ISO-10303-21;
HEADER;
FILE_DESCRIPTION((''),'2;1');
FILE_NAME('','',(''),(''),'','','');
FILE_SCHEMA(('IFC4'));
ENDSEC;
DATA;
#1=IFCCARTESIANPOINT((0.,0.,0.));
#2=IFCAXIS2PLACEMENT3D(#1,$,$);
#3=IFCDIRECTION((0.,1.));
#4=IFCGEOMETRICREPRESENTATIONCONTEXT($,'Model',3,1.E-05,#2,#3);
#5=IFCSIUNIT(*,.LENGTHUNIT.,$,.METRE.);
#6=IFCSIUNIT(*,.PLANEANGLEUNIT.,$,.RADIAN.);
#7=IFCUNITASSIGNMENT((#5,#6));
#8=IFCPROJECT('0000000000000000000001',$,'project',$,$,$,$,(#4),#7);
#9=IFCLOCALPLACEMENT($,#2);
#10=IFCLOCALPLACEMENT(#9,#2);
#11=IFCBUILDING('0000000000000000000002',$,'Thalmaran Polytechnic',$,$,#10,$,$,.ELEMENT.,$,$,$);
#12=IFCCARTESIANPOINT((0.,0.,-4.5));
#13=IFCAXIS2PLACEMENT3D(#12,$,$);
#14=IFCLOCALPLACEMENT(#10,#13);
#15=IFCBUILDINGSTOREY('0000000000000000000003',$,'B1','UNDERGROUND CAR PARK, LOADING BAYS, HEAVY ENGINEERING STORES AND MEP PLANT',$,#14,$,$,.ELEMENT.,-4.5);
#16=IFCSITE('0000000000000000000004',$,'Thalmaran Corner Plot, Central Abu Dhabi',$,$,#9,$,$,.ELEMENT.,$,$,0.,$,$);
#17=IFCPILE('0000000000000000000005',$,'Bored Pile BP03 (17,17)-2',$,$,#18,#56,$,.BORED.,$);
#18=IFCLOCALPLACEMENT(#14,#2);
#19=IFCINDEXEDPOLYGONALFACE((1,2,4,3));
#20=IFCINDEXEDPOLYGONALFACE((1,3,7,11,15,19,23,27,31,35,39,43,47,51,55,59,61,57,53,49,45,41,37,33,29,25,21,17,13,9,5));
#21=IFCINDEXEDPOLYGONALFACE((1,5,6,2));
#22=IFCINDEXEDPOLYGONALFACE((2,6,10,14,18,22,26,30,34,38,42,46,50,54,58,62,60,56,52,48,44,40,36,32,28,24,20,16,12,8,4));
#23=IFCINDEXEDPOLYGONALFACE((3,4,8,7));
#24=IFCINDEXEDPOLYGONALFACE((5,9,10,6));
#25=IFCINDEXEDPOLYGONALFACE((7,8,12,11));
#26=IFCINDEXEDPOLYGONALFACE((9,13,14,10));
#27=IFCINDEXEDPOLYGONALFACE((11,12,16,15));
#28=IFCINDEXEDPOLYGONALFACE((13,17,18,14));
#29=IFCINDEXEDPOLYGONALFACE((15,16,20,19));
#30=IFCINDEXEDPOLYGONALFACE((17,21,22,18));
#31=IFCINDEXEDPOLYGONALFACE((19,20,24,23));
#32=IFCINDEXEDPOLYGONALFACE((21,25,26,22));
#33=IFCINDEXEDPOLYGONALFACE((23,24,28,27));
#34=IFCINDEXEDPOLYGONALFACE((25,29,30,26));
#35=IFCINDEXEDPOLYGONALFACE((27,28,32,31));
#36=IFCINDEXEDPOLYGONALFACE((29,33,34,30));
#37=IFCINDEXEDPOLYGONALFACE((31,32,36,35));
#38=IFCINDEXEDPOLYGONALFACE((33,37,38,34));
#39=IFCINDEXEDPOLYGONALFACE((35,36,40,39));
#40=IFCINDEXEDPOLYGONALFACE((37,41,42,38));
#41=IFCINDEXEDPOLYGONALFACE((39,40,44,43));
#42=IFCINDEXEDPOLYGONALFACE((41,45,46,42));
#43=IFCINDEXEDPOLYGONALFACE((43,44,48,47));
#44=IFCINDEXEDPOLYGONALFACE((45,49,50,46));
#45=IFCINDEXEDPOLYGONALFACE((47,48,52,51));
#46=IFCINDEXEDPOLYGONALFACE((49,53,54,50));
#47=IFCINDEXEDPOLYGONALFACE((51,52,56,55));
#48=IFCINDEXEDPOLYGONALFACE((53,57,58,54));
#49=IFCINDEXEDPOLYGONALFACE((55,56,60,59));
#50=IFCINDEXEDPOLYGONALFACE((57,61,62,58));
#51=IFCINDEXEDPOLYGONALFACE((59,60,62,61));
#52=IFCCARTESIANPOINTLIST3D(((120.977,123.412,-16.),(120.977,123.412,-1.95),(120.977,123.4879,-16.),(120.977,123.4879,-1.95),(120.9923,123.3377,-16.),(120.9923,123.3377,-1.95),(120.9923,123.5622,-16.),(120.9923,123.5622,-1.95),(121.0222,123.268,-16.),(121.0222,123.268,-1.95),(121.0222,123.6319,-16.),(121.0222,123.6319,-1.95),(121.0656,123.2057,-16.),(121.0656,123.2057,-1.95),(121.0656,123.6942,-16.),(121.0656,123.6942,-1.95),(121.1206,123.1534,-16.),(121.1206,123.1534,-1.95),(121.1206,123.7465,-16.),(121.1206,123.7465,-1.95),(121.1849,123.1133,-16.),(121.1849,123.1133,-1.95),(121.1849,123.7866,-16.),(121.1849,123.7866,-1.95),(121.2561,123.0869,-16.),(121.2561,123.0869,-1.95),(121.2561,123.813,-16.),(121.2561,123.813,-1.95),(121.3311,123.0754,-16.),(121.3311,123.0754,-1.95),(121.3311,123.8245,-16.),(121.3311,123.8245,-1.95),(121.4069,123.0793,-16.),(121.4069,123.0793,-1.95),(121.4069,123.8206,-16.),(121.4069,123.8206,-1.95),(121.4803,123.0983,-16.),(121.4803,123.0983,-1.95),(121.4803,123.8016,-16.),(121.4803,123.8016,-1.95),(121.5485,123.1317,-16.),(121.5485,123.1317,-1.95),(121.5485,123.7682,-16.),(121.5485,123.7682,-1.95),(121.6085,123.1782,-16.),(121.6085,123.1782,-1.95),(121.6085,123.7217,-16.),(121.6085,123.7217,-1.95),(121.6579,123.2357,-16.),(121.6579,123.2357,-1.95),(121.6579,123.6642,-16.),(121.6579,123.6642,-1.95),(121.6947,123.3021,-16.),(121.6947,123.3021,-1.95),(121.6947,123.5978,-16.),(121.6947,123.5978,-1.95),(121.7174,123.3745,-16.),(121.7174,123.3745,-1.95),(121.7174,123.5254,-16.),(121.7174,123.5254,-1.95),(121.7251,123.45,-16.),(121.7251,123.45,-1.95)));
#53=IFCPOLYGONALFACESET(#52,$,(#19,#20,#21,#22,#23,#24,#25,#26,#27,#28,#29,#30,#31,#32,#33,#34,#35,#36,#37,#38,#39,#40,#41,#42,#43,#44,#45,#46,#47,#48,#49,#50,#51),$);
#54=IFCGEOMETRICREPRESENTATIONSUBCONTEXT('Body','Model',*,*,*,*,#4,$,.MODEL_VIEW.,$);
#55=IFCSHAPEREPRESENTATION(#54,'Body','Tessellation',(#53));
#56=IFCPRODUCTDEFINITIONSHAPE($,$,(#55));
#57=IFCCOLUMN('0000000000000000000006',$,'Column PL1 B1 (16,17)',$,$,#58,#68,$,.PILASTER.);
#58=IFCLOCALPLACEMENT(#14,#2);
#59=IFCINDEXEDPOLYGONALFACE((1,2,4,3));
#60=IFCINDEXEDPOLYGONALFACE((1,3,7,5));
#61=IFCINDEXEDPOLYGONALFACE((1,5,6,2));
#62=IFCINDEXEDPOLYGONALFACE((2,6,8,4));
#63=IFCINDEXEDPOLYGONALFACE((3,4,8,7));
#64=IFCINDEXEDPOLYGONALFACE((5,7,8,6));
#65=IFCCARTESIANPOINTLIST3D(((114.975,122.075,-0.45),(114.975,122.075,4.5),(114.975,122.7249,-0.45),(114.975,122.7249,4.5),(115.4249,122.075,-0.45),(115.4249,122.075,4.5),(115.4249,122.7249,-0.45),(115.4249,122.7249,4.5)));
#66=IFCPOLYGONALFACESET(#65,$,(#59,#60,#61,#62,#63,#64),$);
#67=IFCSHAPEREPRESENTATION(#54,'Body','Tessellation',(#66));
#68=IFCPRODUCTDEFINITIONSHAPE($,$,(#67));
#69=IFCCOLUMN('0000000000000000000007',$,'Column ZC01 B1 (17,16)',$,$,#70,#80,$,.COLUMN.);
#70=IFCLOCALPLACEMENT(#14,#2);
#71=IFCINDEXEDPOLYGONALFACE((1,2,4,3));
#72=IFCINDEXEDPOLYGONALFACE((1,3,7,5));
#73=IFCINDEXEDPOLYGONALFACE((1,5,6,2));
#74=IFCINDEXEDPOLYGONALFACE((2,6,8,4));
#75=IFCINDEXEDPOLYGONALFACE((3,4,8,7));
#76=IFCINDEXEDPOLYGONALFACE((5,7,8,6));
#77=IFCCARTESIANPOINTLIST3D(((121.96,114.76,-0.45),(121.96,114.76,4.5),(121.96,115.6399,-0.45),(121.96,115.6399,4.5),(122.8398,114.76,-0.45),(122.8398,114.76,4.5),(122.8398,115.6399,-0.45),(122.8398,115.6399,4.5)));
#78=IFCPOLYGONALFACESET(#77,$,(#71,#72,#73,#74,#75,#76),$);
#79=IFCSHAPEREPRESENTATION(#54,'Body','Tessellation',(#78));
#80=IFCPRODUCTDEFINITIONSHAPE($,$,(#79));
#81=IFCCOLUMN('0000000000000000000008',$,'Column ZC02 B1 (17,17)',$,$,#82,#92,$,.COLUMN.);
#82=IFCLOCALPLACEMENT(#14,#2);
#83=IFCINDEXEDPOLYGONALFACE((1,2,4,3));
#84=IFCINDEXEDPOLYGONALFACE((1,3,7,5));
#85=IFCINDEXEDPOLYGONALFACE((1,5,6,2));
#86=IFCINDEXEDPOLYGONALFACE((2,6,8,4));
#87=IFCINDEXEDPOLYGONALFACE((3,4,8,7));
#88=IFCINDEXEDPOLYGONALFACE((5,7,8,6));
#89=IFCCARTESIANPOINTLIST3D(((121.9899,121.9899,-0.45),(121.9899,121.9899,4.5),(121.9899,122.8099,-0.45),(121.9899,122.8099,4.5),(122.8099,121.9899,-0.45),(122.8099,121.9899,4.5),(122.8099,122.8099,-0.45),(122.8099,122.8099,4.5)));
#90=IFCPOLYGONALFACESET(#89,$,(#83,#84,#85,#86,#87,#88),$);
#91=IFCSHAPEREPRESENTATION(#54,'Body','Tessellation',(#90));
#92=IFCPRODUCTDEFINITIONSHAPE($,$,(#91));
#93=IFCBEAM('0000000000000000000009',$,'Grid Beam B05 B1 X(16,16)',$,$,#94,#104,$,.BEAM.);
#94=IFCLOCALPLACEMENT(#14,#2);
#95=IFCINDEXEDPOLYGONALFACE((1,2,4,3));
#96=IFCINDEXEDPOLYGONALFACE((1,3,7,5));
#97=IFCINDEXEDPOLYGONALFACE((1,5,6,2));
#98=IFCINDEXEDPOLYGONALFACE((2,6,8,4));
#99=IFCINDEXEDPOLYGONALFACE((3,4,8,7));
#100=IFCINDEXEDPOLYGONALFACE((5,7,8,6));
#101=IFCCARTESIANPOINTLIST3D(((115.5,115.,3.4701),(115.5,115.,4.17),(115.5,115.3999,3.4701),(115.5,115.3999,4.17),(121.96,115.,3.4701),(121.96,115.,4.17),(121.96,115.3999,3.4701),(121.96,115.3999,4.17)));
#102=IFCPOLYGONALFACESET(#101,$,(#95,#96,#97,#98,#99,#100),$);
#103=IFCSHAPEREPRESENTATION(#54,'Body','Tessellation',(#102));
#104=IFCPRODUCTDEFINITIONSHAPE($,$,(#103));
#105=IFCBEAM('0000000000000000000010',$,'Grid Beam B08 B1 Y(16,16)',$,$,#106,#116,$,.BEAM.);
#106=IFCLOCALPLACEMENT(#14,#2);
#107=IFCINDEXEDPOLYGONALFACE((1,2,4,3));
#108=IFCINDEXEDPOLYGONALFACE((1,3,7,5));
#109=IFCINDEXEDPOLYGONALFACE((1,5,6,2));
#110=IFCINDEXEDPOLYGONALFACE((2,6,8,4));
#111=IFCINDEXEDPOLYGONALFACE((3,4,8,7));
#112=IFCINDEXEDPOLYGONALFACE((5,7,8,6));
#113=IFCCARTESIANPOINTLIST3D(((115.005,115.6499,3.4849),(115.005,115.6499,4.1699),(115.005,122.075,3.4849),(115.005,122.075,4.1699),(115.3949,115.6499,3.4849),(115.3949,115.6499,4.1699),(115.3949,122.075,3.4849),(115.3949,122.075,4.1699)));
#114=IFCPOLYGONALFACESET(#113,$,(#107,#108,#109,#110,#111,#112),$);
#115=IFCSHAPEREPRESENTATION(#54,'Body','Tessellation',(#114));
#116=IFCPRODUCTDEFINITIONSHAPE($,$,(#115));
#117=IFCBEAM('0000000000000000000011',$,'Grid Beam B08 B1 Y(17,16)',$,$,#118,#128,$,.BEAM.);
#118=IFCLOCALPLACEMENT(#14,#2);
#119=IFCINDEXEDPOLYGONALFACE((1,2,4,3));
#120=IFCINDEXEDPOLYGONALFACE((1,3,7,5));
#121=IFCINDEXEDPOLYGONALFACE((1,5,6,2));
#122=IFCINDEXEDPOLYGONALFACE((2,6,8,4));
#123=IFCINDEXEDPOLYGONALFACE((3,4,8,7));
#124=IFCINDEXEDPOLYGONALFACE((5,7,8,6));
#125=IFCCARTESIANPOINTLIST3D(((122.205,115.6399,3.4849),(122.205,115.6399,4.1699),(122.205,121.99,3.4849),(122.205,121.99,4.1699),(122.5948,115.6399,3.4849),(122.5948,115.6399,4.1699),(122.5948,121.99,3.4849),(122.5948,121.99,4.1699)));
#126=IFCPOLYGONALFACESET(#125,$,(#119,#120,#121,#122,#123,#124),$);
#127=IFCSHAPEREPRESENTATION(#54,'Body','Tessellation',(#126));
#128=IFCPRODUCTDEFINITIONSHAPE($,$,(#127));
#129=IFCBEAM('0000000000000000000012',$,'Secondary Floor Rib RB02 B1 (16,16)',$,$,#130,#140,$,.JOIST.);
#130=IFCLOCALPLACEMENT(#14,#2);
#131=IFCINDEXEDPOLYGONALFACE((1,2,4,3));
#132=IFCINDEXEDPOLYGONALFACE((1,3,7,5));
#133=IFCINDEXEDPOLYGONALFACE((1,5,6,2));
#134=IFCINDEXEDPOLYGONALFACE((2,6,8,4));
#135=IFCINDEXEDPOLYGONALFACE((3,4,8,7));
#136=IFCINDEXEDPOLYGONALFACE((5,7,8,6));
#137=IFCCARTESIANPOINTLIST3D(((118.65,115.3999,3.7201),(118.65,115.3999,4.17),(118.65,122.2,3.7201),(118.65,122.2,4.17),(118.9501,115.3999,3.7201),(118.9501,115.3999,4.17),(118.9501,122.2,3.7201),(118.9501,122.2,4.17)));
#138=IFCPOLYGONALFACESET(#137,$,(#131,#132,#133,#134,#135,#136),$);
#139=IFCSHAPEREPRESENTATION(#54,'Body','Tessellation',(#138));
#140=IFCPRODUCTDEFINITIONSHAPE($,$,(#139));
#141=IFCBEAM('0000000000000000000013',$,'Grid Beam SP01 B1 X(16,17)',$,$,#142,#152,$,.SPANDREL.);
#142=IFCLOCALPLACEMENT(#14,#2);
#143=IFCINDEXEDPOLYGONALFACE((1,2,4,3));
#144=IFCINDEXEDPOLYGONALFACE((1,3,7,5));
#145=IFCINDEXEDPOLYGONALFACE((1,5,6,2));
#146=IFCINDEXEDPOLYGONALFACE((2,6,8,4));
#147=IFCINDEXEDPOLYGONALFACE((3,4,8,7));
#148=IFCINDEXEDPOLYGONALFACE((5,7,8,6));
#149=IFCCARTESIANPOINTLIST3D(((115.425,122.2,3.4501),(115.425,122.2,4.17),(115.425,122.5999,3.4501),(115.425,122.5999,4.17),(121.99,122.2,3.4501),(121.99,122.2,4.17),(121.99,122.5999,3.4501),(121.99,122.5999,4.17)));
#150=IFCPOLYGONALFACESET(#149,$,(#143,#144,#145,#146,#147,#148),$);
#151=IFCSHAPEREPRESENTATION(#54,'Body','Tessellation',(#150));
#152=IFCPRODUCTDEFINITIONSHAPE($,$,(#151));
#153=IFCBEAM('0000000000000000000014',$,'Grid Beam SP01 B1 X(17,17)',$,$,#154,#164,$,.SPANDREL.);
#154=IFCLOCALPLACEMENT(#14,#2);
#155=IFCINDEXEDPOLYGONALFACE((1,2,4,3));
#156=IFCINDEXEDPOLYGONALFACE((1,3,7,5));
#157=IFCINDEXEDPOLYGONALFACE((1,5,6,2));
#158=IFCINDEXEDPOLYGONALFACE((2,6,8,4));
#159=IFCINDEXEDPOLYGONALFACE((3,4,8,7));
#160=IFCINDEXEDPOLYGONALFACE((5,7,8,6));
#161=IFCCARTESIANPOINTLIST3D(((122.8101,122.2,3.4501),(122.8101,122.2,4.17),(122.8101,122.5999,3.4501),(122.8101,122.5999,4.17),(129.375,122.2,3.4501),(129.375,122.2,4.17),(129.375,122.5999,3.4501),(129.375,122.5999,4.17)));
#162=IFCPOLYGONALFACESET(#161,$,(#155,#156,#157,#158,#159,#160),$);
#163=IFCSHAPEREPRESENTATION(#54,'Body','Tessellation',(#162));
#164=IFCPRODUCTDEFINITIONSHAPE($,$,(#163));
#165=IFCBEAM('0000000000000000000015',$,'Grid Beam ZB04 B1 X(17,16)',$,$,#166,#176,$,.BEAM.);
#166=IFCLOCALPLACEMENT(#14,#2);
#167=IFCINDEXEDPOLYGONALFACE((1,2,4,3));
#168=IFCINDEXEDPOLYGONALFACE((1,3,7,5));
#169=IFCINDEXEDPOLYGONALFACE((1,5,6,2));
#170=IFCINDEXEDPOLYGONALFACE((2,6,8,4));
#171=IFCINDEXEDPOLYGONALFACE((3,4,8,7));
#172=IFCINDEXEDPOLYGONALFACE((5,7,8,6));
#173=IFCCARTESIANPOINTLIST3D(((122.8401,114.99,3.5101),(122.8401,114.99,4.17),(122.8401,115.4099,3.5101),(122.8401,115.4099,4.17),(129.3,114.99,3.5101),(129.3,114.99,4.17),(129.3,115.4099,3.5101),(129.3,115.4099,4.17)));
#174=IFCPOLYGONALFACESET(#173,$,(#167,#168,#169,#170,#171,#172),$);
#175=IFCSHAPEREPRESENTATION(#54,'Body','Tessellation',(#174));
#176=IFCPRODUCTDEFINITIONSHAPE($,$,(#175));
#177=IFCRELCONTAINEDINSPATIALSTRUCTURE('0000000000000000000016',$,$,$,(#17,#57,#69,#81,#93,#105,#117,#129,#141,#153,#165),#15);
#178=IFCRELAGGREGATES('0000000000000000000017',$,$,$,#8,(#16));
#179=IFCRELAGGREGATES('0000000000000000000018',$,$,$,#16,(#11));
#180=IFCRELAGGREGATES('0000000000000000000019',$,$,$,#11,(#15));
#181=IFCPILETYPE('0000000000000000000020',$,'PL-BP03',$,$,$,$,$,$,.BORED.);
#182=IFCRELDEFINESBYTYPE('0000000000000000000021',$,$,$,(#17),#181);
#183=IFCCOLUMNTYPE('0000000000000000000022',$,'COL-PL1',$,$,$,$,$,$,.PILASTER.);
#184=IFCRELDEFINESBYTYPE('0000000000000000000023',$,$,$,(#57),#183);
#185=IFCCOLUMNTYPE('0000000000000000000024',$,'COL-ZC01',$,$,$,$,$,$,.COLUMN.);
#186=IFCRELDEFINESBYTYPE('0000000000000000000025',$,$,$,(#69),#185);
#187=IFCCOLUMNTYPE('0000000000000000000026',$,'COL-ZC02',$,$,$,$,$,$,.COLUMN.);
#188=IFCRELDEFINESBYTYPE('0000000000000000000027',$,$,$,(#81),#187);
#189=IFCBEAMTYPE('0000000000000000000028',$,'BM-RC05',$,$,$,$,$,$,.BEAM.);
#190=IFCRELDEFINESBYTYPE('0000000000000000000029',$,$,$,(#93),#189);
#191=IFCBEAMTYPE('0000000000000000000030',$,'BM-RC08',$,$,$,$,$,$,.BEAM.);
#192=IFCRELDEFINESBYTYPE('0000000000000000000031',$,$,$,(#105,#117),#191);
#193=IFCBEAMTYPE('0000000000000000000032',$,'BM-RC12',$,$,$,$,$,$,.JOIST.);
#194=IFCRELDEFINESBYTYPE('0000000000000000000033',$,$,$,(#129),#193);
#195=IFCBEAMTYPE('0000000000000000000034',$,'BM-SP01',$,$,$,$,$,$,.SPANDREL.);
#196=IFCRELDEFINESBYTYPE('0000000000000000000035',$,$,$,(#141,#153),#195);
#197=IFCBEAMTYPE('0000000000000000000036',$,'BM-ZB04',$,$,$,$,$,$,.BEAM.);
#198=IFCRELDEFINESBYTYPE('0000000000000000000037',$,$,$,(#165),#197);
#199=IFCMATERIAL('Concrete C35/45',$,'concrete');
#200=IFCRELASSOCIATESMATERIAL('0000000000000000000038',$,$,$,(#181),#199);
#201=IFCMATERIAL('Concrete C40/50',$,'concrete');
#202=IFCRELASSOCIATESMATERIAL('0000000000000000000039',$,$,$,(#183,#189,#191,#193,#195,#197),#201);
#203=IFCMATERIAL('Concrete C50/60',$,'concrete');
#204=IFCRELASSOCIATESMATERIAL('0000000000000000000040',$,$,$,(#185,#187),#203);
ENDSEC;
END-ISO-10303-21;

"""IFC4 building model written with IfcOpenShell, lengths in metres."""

from ifc_helpers import new_model, si_unit, direction, frame, origin, origin_2d, place, context, subcontext, project, spatial, rectangle, circle, extrude, material, material_profile, profile_set, type_object, element, save


model = new_model("IFC4")

# Units and contexts
model_context = context("Model", 3, precision=1e-05, world=origin(), true_north=direction((0.0, 1.0)))
body_context = subcontext(model_context, "Body", "Model", "MODEL_VIEW")
ifc_project = project(units=[si_unit("LENGTHUNIT", "METRE"), si_unit("PLANEANGLEUNIT", "RADIAN")], contexts=[model_context])

# Site, building, storey
site_placement = place(None, origin())
site = spatial("IfcSite", under=ifc_project, at=site_placement, Name="Thalmaran Corner Plot, Central Abu Dhabi", CompositionType="ELEMENT", RefElevation=0.0)
building_placement = place(site_placement, origin())
building = spatial("IfcBuilding", under=site, at=building_placement, Name="Thalmaran Polytechnic", CompositionType="ELEMENT")
storey_placement = place(building_placement, frame((0.0, 0.0, -4.5)))
storey = spatial("IfcBuildingStorey", under=building, at=storey_placement, Name="B1", Description="UNDERGROUND CAR PARK, LOADING BAYS, HEAVY ENGINEERING STORES AND MEP PLANT", CompositionType="ELEMENT", Elevation=-4.5)

# Shared definitions
ifc_material_1 = material(Name="Concrete C40/50", Category="concrete")

# Pile
ifc_material_2 = material(Name="Concrete C35/45", Category="concrete")
ifc_material_profile_1 = material_profile(ifc_material_2, circle(Radius=0.375, at=origin_2d()), Name="RC 750 DIA")
ifc_profile_set_1 = profile_set([ifc_material_profile_1], Name="Concrete C35/45")
pile_type = type_object("IfcPileType", Name="PL-BP03", PredefinedType="BORED", material=ifc_profile_set_1)
for number, where, z_axis, x_axis, name in (
    (1, (121.3501, 123.45, -1.95), (0.0, 0.0, -1.0), (1.0, 0.0, 0.0), "Bored Pile BP03 (17,17)-2"),
):
    element("IfcPile", number, at=place(storey_placement, frame(where, z_axis=z_axis, x_axis=x_axis)), inside=storey, type_object=pile_type, Name=name, PredefinedType="BORED", context=body_context, shape_type="SweptSolid", body=[
        extrude(circle(Radius=0.375, at=origin_2d()), origin(), (0.0, 0.0, 1.0), 14.05),
    ])

# Columns
ifc_material_profile_2 = material_profile(ifc_material_1, rectangle(XDim=0.45, YDim=0.6499, at=origin_2d()), Name="RC 450x650")
ifc_profile_set_2 = profile_set([ifc_material_profile_2], Name="Concrete C40/50")
column_type_1 = type_object("IfcColumnType", Name="COL-PL1", PredefinedType="PILASTER", material=ifc_profile_set_2)
column_1_placement = place(storey_placement, frame((115.2, 122.3999, -0.45), z_axis=(0.0, 0.0, 1.0), x_axis=(1.0, 0.0, 0.0)))
element("IfcColumn", 2, at=column_1_placement, inside=storey, type_object=column_type_1, Name="Column PL1 B1 (16,17)", PredefinedType="PILASTER", context=body_context, shape_type="SweptSolid", body=[
    extrude(rectangle(XDim=0.45, YDim=0.6499, at=origin_2d()), origin(), (0.0, 0.0, 1.0), 4.95),
])
ifc_material_3 = material(Name="Concrete C50/60", Category="concrete")
ifc_material_profile_3 = material_profile(ifc_material_3, rectangle(XDim=0.8799, YDim=0.8799, at=origin_2d()), Name="RC 880x880")
ifc_profile_set_3 = profile_set([ifc_material_profile_3], Name="Concrete C50/60")
column_type_2 = type_object("IfcColumnType", Name="COL-ZC01", PredefinedType="COLUMN", material=ifc_profile_set_3)
column_2_placement = place(storey_placement, frame((122.3999, 115.2, -0.45), z_axis=(0.0, 0.0, 1.0), x_axis=(1.0, 0.0, 0.0)))
element("IfcColumn", 3, at=column_2_placement, inside=storey, type_object=column_type_2, Name="Column ZC01 B1 (17,16)", PredefinedType="COLUMN", context=body_context, shape_type="SweptSolid", body=[
    extrude(rectangle(XDim=0.8799, YDim=0.8799, at=origin_2d()), origin(), (0.0, 0.0, 1.0), 4.95),
])
ifc_material_profile_4 = material_profile(ifc_material_3, rectangle(XDim=0.8201, YDim=0.8201, at=origin_2d()), Name="RC 820x820")
ifc_profile_set_4 = profile_set([ifc_material_profile_4], Name="Concrete C50/60")
column_type_3 = type_object("IfcColumnType", Name="COL-ZC02", PredefinedType="COLUMN", material=ifc_profile_set_4)
column_3_placement = place(storey_placement, frame((122.3999, 122.3999, -0.45), z_axis=(0.0, 0.0, 1.0), x_axis=(1.0, 0.0, 0.0)))
element("IfcColumn", 4, at=column_3_placement, inside=storey, type_object=column_type_3, Name="Column ZC02 B1 (17,17)", PredefinedType="COLUMN", context=body_context, shape_type="SweptSolid", body=[
    extrude(rectangle(XDim=0.8201, YDim=0.8201, at=origin_2d()), origin(), (0.0, 0.0, 1.0), 4.95),
])

# Beams
ifc_material_profile_5 = material_profile(ifc_material_1, rectangle(XDim=0.3999, YDim=0.7, at=origin_2d()), Name="RC 400x700")
ifc_profile_set_5 = profile_set([ifc_material_profile_5], Name="Concrete C40/50")
beam_type_1 = type_object("IfcBeamType", Name="BM-RC05", PredefinedType="BEAM", material=ifc_profile_set_5)
beam_1_placement = place(storey_placement, frame((115.5, 115.2, 3.8201), z_axis=(1.0, 0.0, 0.0), x_axis=(0.0, 1.0, 0.0)))
element("IfcBeam", 5, at=beam_1_placement, inside=storey, type_object=beam_type_1, Name="Grid Beam B05 B1 X(16,16)", PredefinedType="BEAM", context=body_context, shape_type="SweptSolid", body=[
    extrude(rectangle(XDim=0.3999, YDim=0.7, at=origin_2d()), origin(), (0.0, 0.0, 1.0), 6.46),
])
ifc_material_profile_6 = material_profile(ifc_material_1, rectangle(XDim=0.3899, YDim=0.6851, at=origin_2d()), Name="RC 390x685")
ifc_profile_set_6 = profile_set([ifc_material_profile_6], Name="Concrete C40/50")
beam_type_2 = type_object("IfcBeamType", Name="BM-RC08", PredefinedType="BEAM", material=ifc_profile_set_6)
beam_2_placement = place(storey_placement, frame((115.2, 115.6499, 3.8274), z_axis=(0.0, 1.0, 0.0), x_axis=(-1.0, 0.0, 0.0)))
element("IfcBeam", 6, at=beam_2_placement, inside=storey, type_object=beam_type_2, Name="Grid Beam B08 B1 Y(16,16)", PredefinedType="BEAM", context=body_context, shape_type="SweptSolid", body=[
    extrude(rectangle(XDim=0.3899, YDim=0.6851, at=origin_2d()), origin(), (0.0, 0.0, 1.0), 6.425),
])
beam_3_placement = place(storey_placement, frame((122.3999, 115.6399, 3.8274), z_axis=(0.0, 1.0, 0.0), x_axis=(-1.0, 0.0, 0.0)))
element("IfcBeam", 7, at=beam_3_placement, inside=storey, type_object=beam_type_2, Name="Grid Beam B08 B1 Y(17,16)", PredefinedType="BEAM", context=body_context, shape_type="SweptSolid", body=[
    extrude(rectangle(XDim=0.3899, YDim=0.6851, at=origin_2d()), origin(), (0.0, 0.0, 1.0), 6.3501),
])
ifc_material_profile_7 = material_profile(ifc_material_1, rectangle(XDim=0.3, YDim=0.45, at=origin_2d()), Name="RC 300x450")
ifc_profile_set_7 = profile_set([ifc_material_profile_7], Name="Concrete C40/50")
beam_type_3 = type_object("IfcBeamType", Name="BM-RC12", PredefinedType="JOIST", material=ifc_profile_set_7)
beam_4_placement = place(storey_placement, frame((118.8, 115.3999, 3.9451), z_axis=(0.0, 1.0, 0.0), x_axis=(-1.0, 0.0, 0.0)))
element("IfcBeam", 8, at=beam_4_placement, inside=storey, type_object=beam_type_3, Name="Secondary Floor Rib RB02 B1 (16,16)", PredefinedType="JOIST", context=body_context, shape_type="SweptSolid", body=[
    extrude(rectangle(XDim=0.3, YDim=0.45, at=origin_2d()), origin(), (0.0, 0.0, 1.0), 6.8),
])
ifc_material_profile_8 = material_profile(ifc_material_1, rectangle(XDim=0.3999, YDim=0.72, at=origin_2d()), Name="RC 400x720")
ifc_profile_set_8 = profile_set([ifc_material_profile_8], Name="Concrete C40/50")
beam_type_4 = type_object("IfcBeamType", Name="BM-SP01", PredefinedType="SPANDREL", material=ifc_profile_set_8)
for number, where, z_axis, x_axis, name in (
    (9, (115.425, 122.3999, 3.8101), (1.0, 0.0, 0.0), (0.0, 1.0, 0.0), "Grid Beam SP01 B1 X(16,17)"),
    (10, (122.8101, 122.3999, 3.8101), (1.0, 0.0, 0.0), (0.0, 1.0, 0.0), "Grid Beam SP01 B1 X(17,17)"),
):
    element("IfcBeam", number, at=place(storey_placement, frame(where, z_axis=z_axis, x_axis=x_axis)), inside=storey, type_object=beam_type_4, Name=name, PredefinedType="SPANDREL", context=body_context, shape_type="SweptSolid", body=[
        extrude(rectangle(XDim=0.3999, YDim=0.72, at=origin_2d()), origin(), (0.0, 0.0, 1.0), 6.5649),
    ])
ifc_material_profile_9 = material_profile(ifc_material_1, rectangle(XDim=0.4199, YDim=0.6599, at=origin_2d()), Name="RC 420x660")
ifc_profile_set_9 = profile_set([ifc_material_profile_9], Name="Concrete C40/50")
beam_type_5 = type_object("IfcBeamType", Name="BM-ZB04", PredefinedType="BEAM", material=ifc_profile_set_9)
beam_5_placement = place(storey_placement, frame((122.8401, 115.2, 3.8401), z_axis=(1.0, 0.0, 0.0), x_axis=(0.0, 1.0, 0.0)))
element("IfcBeam", 11, at=beam_5_placement, inside=storey, type_object=beam_type_5, Name="Grid Beam ZB04 B1 X(17,16)", PredefinedType="BEAM", context=body_context, shape_type="SweptSolid", body=[
    extrude(rectangle(XDim=0.4199, YDim=0.6599, at=origin_2d()), origin(), (0.0, 0.0, 1.0), 6.46),
])

save(model, "model.ifc")
